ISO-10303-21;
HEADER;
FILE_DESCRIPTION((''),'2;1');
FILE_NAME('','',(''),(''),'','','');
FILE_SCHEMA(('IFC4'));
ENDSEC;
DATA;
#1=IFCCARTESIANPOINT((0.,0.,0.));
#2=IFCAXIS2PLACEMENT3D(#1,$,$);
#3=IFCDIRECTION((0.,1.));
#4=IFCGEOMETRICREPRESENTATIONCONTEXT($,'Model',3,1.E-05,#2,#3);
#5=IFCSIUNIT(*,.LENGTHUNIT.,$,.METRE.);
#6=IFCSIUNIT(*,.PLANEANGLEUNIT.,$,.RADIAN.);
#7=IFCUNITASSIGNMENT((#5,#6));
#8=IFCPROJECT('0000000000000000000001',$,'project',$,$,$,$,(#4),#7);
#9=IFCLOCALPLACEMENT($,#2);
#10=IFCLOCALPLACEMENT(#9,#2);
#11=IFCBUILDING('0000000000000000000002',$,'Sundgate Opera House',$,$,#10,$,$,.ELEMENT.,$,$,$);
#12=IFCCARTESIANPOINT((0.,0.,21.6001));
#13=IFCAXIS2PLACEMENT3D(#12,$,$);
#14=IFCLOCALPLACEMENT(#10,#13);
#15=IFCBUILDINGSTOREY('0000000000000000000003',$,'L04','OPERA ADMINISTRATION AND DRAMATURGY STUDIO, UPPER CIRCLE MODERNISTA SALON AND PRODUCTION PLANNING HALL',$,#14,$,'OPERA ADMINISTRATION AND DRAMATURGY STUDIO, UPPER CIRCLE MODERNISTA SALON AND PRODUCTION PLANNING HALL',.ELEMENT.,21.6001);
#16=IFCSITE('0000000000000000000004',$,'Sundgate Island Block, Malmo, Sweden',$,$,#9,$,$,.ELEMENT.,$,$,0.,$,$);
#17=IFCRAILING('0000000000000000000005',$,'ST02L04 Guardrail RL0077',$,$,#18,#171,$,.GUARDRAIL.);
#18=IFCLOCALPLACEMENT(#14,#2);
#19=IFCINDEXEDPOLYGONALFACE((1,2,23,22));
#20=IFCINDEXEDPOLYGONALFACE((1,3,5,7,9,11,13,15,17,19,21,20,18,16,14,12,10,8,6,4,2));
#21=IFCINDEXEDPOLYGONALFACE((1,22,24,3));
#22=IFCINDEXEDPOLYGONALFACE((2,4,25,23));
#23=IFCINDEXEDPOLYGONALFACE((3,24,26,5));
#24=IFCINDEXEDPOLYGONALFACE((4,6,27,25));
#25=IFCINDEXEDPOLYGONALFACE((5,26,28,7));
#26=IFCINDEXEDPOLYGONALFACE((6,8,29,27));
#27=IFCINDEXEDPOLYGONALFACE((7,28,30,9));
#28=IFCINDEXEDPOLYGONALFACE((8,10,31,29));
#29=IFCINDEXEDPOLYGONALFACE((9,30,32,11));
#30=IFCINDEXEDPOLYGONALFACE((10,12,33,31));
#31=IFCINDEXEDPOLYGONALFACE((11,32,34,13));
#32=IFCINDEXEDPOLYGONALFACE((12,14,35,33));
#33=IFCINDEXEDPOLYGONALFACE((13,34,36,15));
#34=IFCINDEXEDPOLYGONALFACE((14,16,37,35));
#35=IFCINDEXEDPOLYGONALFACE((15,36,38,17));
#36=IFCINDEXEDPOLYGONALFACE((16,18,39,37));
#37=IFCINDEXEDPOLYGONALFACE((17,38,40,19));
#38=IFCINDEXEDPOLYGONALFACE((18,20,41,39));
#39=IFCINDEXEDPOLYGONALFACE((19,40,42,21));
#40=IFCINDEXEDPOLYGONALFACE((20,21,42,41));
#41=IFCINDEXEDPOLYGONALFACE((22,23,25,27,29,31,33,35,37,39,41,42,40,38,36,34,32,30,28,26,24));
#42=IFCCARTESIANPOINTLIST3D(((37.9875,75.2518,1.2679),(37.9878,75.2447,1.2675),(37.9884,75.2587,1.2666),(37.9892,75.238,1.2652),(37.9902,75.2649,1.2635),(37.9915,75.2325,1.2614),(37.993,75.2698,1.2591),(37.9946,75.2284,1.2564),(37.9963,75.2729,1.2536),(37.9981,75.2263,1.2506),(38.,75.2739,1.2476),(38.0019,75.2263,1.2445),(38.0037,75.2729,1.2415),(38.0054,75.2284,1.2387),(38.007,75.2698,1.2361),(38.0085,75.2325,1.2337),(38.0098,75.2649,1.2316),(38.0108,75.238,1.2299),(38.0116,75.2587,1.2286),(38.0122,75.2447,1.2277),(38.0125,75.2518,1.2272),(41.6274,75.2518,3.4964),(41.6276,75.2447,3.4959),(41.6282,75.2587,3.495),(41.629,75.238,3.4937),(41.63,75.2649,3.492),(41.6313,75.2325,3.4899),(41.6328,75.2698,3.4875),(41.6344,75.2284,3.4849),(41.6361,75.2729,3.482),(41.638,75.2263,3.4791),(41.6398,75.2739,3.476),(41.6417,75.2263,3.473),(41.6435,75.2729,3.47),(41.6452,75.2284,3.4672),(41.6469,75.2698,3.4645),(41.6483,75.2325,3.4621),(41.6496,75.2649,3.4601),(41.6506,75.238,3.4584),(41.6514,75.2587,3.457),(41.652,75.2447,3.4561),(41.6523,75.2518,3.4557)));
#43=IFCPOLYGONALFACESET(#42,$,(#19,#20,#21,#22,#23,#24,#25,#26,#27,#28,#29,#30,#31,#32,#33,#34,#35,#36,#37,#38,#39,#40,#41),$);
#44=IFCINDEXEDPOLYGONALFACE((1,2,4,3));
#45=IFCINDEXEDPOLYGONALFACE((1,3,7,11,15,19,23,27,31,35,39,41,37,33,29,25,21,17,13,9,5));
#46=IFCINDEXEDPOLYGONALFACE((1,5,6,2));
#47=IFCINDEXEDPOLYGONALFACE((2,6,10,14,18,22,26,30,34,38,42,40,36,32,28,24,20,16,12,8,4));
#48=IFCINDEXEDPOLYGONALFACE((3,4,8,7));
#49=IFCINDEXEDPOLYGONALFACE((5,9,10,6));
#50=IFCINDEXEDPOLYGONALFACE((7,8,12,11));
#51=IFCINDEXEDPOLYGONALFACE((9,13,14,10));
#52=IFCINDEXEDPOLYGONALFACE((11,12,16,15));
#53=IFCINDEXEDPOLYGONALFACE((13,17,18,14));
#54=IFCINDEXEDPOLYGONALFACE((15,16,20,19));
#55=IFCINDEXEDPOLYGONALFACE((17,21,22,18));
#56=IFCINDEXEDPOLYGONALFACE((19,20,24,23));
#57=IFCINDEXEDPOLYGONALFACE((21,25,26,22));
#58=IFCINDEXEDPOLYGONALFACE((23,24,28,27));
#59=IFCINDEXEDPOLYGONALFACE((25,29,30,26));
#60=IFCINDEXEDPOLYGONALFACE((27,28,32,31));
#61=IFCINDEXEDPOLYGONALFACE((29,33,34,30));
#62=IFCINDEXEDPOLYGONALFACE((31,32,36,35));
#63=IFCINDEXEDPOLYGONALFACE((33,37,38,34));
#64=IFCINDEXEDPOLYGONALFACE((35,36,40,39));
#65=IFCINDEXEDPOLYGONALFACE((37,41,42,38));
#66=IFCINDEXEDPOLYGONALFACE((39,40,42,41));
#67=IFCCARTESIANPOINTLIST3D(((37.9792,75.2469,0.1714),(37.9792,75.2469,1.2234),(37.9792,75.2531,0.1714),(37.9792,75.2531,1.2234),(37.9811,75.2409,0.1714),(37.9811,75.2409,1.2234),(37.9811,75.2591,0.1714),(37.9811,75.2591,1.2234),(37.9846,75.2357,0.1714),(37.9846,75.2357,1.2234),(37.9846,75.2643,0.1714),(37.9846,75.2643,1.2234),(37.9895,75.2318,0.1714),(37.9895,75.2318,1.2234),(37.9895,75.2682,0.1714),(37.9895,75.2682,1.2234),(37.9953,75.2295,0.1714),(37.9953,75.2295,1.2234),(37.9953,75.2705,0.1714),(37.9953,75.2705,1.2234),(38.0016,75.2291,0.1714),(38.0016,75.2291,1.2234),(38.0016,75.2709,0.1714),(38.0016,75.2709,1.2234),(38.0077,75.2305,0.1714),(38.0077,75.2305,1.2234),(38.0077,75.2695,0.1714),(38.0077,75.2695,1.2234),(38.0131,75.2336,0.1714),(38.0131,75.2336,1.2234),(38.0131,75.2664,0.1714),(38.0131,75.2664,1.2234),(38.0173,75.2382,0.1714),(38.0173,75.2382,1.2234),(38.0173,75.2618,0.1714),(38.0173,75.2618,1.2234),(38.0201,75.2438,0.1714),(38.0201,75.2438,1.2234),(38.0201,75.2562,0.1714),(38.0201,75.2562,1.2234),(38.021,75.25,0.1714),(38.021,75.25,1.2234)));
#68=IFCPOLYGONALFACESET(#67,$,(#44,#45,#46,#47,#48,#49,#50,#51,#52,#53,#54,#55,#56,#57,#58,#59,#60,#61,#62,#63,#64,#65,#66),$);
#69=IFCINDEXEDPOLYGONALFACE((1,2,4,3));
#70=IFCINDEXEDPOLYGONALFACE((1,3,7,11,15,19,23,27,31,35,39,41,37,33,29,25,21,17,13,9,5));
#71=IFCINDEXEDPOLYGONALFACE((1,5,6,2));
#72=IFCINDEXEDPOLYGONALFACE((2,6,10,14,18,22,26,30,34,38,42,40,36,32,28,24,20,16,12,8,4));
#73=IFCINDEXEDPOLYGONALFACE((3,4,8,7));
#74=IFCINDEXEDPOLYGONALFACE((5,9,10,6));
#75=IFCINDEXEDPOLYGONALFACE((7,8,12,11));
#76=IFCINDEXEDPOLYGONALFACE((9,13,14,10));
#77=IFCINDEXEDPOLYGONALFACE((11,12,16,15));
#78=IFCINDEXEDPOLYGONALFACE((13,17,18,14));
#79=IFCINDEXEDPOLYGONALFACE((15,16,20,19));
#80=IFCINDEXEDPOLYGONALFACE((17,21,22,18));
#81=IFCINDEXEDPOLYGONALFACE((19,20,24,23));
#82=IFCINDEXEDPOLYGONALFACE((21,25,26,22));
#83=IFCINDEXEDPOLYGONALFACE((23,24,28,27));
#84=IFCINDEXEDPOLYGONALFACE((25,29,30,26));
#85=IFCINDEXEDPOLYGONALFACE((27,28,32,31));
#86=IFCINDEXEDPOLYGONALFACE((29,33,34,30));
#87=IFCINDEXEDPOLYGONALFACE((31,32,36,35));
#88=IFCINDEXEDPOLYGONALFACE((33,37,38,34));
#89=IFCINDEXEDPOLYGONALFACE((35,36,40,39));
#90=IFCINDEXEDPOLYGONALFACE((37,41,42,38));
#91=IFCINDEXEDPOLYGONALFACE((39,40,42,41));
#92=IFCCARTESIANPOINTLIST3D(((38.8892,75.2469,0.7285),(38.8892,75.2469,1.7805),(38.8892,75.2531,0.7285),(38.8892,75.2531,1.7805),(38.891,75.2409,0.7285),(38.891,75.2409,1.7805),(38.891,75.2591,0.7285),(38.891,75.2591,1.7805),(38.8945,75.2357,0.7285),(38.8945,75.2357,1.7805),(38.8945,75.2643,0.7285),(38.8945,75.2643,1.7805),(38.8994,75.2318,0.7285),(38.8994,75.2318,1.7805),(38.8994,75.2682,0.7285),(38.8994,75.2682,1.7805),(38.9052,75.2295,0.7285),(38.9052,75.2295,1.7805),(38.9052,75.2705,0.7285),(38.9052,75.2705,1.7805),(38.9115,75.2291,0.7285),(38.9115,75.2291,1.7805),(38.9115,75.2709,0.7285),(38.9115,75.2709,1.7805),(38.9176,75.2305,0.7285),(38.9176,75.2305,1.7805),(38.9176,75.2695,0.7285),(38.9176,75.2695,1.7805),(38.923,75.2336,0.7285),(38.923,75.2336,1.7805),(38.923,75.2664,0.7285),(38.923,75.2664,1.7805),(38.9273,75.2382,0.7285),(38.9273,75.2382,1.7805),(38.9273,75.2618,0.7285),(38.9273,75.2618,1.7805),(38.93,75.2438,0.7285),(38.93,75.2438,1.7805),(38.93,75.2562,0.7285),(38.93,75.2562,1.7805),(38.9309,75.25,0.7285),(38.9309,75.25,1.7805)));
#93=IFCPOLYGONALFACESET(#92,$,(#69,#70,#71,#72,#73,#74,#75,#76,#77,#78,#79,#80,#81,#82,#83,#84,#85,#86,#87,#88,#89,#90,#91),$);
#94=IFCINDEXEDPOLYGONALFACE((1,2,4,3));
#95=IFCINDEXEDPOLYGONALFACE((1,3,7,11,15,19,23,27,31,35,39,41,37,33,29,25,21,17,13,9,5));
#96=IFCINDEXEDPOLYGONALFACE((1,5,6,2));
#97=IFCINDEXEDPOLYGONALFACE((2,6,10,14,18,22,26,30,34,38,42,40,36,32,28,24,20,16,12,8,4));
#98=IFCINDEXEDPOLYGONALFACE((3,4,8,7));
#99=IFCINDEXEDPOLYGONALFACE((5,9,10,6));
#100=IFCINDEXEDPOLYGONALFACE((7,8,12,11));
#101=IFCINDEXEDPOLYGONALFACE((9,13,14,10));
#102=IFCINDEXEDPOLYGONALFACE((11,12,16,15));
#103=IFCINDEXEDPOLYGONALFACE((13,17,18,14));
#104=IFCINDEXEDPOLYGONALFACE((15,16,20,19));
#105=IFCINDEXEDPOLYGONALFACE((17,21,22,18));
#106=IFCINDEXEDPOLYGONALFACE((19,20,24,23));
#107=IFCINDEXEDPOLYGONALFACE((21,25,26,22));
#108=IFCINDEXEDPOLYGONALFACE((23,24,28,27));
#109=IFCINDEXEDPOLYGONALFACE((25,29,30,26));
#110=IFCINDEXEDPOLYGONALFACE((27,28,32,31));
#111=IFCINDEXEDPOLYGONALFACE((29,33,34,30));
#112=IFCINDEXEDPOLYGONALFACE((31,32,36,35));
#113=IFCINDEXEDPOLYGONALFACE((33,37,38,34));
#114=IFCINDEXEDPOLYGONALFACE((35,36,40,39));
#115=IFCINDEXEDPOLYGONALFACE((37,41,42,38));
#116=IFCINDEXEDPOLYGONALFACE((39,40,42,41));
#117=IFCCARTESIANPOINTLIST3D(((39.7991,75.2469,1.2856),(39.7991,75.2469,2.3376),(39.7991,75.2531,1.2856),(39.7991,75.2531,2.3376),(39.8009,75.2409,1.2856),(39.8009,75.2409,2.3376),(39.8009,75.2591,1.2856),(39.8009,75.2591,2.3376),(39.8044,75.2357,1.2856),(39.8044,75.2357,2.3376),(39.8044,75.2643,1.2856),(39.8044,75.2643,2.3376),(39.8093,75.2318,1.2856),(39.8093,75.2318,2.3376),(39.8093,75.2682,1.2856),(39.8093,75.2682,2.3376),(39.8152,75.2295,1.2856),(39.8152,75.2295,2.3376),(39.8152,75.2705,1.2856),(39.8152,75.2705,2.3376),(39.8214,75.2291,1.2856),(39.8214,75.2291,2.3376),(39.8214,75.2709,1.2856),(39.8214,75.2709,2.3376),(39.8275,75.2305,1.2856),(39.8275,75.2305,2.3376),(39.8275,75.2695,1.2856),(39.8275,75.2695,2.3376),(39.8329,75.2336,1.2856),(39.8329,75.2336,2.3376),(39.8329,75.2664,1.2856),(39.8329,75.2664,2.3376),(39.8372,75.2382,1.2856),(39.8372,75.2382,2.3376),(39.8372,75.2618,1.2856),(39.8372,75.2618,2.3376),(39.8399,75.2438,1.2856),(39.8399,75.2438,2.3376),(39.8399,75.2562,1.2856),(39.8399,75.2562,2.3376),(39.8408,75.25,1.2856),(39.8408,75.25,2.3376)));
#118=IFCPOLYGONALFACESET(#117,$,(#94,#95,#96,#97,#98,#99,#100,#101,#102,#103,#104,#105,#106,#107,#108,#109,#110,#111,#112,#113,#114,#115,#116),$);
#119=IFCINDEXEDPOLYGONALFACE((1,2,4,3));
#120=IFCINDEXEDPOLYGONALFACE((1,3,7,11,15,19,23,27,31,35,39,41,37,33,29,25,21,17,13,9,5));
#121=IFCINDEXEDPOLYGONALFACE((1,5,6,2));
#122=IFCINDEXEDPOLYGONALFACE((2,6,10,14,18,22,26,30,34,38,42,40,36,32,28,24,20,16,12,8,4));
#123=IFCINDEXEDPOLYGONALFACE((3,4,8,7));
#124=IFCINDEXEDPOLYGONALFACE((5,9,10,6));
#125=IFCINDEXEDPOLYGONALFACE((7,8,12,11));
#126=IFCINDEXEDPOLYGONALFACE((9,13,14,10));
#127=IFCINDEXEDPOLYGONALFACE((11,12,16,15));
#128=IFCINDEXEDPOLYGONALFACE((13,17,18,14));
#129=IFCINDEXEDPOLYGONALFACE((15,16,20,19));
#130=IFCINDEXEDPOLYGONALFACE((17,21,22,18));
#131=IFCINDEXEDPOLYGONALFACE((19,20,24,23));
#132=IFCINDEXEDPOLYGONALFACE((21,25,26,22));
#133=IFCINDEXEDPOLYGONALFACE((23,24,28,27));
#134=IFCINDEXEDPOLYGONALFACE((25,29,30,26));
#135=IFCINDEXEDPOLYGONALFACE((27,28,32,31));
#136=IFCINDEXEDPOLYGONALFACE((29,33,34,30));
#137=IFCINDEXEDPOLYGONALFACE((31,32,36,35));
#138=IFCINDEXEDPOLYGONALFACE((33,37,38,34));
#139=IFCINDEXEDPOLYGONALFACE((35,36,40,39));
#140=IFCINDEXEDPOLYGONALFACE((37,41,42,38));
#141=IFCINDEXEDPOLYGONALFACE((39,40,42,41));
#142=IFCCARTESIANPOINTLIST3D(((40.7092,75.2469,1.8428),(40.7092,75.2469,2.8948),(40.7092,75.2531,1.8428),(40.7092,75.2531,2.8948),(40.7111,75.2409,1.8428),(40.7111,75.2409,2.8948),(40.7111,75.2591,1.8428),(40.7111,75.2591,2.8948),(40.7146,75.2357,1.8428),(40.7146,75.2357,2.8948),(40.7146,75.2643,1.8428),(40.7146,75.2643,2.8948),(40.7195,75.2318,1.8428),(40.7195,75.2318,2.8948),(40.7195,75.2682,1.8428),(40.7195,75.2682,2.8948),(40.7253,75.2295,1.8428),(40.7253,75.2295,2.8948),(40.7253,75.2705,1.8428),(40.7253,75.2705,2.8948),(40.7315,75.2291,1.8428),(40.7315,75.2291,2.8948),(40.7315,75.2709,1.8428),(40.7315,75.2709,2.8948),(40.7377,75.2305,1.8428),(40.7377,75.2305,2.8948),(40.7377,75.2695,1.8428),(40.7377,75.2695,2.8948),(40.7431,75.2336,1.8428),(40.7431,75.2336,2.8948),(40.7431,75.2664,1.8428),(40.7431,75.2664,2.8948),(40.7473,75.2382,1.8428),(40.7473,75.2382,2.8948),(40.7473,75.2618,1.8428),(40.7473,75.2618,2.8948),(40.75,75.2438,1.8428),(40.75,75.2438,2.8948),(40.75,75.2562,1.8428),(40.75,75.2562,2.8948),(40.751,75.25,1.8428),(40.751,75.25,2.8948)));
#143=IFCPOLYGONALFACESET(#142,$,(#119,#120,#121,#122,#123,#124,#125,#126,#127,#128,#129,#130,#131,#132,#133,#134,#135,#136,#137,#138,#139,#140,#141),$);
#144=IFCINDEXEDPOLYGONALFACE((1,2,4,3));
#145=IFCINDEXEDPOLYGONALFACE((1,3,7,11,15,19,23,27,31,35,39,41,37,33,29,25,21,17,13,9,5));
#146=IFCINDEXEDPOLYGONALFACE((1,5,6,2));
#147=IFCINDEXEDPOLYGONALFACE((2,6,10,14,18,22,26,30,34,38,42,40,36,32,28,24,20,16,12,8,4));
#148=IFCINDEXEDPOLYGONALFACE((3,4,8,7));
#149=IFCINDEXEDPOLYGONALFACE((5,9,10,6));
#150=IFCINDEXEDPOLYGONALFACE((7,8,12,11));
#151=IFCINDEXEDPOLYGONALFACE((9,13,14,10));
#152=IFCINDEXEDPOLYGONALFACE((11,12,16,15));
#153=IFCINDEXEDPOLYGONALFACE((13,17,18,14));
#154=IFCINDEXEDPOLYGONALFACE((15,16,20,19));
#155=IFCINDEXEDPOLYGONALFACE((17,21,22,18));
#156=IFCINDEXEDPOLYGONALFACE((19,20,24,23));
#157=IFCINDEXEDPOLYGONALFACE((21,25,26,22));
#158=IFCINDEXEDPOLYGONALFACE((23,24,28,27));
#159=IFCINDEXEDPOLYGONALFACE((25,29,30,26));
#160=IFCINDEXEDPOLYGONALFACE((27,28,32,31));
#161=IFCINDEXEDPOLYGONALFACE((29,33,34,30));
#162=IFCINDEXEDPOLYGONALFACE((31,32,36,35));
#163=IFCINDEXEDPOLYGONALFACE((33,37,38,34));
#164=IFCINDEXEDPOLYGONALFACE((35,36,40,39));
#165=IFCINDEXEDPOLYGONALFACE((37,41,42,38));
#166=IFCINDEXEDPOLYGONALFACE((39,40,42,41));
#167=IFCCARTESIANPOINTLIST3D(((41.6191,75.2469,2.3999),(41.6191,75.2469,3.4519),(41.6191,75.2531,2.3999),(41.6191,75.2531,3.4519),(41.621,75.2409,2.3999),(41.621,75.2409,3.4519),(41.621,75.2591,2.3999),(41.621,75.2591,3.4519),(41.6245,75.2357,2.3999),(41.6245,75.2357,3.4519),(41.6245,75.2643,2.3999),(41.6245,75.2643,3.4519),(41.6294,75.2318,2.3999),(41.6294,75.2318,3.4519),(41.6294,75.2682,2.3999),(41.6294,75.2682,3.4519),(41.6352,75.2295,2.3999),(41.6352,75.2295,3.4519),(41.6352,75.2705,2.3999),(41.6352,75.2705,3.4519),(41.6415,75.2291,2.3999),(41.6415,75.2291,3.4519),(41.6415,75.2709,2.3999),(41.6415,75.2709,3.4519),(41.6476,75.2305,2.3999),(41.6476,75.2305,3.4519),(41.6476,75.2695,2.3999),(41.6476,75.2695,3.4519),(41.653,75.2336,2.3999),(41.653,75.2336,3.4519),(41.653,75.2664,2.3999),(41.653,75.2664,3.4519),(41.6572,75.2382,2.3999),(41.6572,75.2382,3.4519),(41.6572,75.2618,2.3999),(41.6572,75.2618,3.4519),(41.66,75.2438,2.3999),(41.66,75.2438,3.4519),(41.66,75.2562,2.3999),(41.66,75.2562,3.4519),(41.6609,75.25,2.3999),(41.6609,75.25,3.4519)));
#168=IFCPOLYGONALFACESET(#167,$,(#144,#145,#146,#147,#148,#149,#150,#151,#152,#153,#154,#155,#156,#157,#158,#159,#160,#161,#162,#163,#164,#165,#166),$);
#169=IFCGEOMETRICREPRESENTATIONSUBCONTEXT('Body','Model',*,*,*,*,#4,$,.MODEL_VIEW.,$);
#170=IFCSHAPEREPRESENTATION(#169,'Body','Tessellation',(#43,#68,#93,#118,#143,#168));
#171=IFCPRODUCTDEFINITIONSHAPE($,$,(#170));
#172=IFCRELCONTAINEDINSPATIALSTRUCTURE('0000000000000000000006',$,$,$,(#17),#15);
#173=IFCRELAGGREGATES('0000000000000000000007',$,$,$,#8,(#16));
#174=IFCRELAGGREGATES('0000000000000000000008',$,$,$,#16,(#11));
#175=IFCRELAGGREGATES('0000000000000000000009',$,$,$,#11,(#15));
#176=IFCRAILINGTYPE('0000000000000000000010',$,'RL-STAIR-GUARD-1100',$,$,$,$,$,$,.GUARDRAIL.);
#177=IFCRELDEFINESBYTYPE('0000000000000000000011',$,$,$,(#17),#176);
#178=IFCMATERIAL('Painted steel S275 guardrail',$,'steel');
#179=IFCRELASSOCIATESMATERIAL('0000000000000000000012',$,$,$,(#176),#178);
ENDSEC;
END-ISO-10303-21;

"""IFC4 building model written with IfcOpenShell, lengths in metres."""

from ifc_helpers import new_model, si_unit, direction, frame, origin, origin_2d, place, context, subcontext, project, spatial, circle, extrude, material, type_object, element, save


model = new_model("IFC4")

# Units and contexts
model_context = context("Model", 3, precision=1e-05, world=origin(), true_north=direction((0.0, 1.0)))
body_context = subcontext(model_context, "Body", "Model", "MODEL_VIEW")
ifc_project = project(units=[si_unit("LENGTHUNIT", "METRE"), si_unit("PLANEANGLEUNIT", "RADIAN")], contexts=[model_context])

# Site, building, storey
site_placement = place(None, origin())
site = spatial("IfcSite", under=ifc_project, at=site_placement, Name="Sundgate Island Block, Malmo, Sweden", CompositionType="ELEMENT", RefElevation=0.0)
building_placement = place(site_placement, origin())
building = spatial("IfcBuilding", under=site, at=building_placement, Name="Sundgate Opera House", CompositionType="ELEMENT")
storey_placement = place(building_placement, frame((0.0, 0.0, 21.6001)))
storey = spatial("IfcBuildingStorey", under=building, at=storey_placement, Name="L04", Description="OPERA ADMINISTRATION AND DRAMATURGY STUDIO, UPPER CIRCLE MODERNISTA SALON AND PRODUCTION PLANNING HALL", LongName="OPERA ADMINISTRATION AND DRAMATURGY STUDIO, UPPER CIRCLE MODERNISTA SALON AND PRODUCTION PLANNING HALL", CompositionType="ELEMENT", Elevation=21.6001)

# Railing
ifc_material_1 = material(Name="Painted steel S275 guardrail", Category="steel")
railing_type_1 = type_object("IfcRailingType", Name="RL-STAIR-GUARD-1100", PredefinedType="GUARDRAIL", material=ifc_material_1)
railing_1_placement = place(storey_placement, frame((38.0, 75.25, 0.1714)))
element("IfcRailing", 1, at=railing_1_placement, inside=storey, type_object=railing_type_1, Name="ST02L04 Guardrail RL0077", PredefinedType="GUARDRAIL", context=body_context, shape_type="SweptSolid", body=[
    extrude(circle(Radius=0.0239, at=origin_2d()), frame((0.0, 0.0, 1.0762), z_axis=(0.85285, 0.0, 0.522156), x_axis=(0.0, 1.0, 0.0)), (0.0, 0.0, 1.0), 4.2678),
    extrude(circle(Radius=0.021, at=origin_2d()), origin(), (0.0, 0.0, 1.0), 1.052),
    extrude(circle(Radius=0.021, at=origin_2d()), frame((0.9099, 0.0, 0.5571)), (0.0, 0.0, 1.0), 1.052),
    extrude(circle(Radius=0.021, at=origin_2d()), frame((1.8198, 0.0, 1.1143)), (0.0, 0.0, 1.0), 1.052),
    extrude(circle(Radius=0.021, at=origin_2d()), frame((2.73, 0.0, 1.6714)), (0.0, 0.0, 1.0), 1.052),
    extrude(circle(Radius=0.021, at=origin_2d()), frame((3.6399, 0.0, 2.2285)), (0.0, 0.0, 1.0), 1.052),
])

save(model, "model.ifc")
